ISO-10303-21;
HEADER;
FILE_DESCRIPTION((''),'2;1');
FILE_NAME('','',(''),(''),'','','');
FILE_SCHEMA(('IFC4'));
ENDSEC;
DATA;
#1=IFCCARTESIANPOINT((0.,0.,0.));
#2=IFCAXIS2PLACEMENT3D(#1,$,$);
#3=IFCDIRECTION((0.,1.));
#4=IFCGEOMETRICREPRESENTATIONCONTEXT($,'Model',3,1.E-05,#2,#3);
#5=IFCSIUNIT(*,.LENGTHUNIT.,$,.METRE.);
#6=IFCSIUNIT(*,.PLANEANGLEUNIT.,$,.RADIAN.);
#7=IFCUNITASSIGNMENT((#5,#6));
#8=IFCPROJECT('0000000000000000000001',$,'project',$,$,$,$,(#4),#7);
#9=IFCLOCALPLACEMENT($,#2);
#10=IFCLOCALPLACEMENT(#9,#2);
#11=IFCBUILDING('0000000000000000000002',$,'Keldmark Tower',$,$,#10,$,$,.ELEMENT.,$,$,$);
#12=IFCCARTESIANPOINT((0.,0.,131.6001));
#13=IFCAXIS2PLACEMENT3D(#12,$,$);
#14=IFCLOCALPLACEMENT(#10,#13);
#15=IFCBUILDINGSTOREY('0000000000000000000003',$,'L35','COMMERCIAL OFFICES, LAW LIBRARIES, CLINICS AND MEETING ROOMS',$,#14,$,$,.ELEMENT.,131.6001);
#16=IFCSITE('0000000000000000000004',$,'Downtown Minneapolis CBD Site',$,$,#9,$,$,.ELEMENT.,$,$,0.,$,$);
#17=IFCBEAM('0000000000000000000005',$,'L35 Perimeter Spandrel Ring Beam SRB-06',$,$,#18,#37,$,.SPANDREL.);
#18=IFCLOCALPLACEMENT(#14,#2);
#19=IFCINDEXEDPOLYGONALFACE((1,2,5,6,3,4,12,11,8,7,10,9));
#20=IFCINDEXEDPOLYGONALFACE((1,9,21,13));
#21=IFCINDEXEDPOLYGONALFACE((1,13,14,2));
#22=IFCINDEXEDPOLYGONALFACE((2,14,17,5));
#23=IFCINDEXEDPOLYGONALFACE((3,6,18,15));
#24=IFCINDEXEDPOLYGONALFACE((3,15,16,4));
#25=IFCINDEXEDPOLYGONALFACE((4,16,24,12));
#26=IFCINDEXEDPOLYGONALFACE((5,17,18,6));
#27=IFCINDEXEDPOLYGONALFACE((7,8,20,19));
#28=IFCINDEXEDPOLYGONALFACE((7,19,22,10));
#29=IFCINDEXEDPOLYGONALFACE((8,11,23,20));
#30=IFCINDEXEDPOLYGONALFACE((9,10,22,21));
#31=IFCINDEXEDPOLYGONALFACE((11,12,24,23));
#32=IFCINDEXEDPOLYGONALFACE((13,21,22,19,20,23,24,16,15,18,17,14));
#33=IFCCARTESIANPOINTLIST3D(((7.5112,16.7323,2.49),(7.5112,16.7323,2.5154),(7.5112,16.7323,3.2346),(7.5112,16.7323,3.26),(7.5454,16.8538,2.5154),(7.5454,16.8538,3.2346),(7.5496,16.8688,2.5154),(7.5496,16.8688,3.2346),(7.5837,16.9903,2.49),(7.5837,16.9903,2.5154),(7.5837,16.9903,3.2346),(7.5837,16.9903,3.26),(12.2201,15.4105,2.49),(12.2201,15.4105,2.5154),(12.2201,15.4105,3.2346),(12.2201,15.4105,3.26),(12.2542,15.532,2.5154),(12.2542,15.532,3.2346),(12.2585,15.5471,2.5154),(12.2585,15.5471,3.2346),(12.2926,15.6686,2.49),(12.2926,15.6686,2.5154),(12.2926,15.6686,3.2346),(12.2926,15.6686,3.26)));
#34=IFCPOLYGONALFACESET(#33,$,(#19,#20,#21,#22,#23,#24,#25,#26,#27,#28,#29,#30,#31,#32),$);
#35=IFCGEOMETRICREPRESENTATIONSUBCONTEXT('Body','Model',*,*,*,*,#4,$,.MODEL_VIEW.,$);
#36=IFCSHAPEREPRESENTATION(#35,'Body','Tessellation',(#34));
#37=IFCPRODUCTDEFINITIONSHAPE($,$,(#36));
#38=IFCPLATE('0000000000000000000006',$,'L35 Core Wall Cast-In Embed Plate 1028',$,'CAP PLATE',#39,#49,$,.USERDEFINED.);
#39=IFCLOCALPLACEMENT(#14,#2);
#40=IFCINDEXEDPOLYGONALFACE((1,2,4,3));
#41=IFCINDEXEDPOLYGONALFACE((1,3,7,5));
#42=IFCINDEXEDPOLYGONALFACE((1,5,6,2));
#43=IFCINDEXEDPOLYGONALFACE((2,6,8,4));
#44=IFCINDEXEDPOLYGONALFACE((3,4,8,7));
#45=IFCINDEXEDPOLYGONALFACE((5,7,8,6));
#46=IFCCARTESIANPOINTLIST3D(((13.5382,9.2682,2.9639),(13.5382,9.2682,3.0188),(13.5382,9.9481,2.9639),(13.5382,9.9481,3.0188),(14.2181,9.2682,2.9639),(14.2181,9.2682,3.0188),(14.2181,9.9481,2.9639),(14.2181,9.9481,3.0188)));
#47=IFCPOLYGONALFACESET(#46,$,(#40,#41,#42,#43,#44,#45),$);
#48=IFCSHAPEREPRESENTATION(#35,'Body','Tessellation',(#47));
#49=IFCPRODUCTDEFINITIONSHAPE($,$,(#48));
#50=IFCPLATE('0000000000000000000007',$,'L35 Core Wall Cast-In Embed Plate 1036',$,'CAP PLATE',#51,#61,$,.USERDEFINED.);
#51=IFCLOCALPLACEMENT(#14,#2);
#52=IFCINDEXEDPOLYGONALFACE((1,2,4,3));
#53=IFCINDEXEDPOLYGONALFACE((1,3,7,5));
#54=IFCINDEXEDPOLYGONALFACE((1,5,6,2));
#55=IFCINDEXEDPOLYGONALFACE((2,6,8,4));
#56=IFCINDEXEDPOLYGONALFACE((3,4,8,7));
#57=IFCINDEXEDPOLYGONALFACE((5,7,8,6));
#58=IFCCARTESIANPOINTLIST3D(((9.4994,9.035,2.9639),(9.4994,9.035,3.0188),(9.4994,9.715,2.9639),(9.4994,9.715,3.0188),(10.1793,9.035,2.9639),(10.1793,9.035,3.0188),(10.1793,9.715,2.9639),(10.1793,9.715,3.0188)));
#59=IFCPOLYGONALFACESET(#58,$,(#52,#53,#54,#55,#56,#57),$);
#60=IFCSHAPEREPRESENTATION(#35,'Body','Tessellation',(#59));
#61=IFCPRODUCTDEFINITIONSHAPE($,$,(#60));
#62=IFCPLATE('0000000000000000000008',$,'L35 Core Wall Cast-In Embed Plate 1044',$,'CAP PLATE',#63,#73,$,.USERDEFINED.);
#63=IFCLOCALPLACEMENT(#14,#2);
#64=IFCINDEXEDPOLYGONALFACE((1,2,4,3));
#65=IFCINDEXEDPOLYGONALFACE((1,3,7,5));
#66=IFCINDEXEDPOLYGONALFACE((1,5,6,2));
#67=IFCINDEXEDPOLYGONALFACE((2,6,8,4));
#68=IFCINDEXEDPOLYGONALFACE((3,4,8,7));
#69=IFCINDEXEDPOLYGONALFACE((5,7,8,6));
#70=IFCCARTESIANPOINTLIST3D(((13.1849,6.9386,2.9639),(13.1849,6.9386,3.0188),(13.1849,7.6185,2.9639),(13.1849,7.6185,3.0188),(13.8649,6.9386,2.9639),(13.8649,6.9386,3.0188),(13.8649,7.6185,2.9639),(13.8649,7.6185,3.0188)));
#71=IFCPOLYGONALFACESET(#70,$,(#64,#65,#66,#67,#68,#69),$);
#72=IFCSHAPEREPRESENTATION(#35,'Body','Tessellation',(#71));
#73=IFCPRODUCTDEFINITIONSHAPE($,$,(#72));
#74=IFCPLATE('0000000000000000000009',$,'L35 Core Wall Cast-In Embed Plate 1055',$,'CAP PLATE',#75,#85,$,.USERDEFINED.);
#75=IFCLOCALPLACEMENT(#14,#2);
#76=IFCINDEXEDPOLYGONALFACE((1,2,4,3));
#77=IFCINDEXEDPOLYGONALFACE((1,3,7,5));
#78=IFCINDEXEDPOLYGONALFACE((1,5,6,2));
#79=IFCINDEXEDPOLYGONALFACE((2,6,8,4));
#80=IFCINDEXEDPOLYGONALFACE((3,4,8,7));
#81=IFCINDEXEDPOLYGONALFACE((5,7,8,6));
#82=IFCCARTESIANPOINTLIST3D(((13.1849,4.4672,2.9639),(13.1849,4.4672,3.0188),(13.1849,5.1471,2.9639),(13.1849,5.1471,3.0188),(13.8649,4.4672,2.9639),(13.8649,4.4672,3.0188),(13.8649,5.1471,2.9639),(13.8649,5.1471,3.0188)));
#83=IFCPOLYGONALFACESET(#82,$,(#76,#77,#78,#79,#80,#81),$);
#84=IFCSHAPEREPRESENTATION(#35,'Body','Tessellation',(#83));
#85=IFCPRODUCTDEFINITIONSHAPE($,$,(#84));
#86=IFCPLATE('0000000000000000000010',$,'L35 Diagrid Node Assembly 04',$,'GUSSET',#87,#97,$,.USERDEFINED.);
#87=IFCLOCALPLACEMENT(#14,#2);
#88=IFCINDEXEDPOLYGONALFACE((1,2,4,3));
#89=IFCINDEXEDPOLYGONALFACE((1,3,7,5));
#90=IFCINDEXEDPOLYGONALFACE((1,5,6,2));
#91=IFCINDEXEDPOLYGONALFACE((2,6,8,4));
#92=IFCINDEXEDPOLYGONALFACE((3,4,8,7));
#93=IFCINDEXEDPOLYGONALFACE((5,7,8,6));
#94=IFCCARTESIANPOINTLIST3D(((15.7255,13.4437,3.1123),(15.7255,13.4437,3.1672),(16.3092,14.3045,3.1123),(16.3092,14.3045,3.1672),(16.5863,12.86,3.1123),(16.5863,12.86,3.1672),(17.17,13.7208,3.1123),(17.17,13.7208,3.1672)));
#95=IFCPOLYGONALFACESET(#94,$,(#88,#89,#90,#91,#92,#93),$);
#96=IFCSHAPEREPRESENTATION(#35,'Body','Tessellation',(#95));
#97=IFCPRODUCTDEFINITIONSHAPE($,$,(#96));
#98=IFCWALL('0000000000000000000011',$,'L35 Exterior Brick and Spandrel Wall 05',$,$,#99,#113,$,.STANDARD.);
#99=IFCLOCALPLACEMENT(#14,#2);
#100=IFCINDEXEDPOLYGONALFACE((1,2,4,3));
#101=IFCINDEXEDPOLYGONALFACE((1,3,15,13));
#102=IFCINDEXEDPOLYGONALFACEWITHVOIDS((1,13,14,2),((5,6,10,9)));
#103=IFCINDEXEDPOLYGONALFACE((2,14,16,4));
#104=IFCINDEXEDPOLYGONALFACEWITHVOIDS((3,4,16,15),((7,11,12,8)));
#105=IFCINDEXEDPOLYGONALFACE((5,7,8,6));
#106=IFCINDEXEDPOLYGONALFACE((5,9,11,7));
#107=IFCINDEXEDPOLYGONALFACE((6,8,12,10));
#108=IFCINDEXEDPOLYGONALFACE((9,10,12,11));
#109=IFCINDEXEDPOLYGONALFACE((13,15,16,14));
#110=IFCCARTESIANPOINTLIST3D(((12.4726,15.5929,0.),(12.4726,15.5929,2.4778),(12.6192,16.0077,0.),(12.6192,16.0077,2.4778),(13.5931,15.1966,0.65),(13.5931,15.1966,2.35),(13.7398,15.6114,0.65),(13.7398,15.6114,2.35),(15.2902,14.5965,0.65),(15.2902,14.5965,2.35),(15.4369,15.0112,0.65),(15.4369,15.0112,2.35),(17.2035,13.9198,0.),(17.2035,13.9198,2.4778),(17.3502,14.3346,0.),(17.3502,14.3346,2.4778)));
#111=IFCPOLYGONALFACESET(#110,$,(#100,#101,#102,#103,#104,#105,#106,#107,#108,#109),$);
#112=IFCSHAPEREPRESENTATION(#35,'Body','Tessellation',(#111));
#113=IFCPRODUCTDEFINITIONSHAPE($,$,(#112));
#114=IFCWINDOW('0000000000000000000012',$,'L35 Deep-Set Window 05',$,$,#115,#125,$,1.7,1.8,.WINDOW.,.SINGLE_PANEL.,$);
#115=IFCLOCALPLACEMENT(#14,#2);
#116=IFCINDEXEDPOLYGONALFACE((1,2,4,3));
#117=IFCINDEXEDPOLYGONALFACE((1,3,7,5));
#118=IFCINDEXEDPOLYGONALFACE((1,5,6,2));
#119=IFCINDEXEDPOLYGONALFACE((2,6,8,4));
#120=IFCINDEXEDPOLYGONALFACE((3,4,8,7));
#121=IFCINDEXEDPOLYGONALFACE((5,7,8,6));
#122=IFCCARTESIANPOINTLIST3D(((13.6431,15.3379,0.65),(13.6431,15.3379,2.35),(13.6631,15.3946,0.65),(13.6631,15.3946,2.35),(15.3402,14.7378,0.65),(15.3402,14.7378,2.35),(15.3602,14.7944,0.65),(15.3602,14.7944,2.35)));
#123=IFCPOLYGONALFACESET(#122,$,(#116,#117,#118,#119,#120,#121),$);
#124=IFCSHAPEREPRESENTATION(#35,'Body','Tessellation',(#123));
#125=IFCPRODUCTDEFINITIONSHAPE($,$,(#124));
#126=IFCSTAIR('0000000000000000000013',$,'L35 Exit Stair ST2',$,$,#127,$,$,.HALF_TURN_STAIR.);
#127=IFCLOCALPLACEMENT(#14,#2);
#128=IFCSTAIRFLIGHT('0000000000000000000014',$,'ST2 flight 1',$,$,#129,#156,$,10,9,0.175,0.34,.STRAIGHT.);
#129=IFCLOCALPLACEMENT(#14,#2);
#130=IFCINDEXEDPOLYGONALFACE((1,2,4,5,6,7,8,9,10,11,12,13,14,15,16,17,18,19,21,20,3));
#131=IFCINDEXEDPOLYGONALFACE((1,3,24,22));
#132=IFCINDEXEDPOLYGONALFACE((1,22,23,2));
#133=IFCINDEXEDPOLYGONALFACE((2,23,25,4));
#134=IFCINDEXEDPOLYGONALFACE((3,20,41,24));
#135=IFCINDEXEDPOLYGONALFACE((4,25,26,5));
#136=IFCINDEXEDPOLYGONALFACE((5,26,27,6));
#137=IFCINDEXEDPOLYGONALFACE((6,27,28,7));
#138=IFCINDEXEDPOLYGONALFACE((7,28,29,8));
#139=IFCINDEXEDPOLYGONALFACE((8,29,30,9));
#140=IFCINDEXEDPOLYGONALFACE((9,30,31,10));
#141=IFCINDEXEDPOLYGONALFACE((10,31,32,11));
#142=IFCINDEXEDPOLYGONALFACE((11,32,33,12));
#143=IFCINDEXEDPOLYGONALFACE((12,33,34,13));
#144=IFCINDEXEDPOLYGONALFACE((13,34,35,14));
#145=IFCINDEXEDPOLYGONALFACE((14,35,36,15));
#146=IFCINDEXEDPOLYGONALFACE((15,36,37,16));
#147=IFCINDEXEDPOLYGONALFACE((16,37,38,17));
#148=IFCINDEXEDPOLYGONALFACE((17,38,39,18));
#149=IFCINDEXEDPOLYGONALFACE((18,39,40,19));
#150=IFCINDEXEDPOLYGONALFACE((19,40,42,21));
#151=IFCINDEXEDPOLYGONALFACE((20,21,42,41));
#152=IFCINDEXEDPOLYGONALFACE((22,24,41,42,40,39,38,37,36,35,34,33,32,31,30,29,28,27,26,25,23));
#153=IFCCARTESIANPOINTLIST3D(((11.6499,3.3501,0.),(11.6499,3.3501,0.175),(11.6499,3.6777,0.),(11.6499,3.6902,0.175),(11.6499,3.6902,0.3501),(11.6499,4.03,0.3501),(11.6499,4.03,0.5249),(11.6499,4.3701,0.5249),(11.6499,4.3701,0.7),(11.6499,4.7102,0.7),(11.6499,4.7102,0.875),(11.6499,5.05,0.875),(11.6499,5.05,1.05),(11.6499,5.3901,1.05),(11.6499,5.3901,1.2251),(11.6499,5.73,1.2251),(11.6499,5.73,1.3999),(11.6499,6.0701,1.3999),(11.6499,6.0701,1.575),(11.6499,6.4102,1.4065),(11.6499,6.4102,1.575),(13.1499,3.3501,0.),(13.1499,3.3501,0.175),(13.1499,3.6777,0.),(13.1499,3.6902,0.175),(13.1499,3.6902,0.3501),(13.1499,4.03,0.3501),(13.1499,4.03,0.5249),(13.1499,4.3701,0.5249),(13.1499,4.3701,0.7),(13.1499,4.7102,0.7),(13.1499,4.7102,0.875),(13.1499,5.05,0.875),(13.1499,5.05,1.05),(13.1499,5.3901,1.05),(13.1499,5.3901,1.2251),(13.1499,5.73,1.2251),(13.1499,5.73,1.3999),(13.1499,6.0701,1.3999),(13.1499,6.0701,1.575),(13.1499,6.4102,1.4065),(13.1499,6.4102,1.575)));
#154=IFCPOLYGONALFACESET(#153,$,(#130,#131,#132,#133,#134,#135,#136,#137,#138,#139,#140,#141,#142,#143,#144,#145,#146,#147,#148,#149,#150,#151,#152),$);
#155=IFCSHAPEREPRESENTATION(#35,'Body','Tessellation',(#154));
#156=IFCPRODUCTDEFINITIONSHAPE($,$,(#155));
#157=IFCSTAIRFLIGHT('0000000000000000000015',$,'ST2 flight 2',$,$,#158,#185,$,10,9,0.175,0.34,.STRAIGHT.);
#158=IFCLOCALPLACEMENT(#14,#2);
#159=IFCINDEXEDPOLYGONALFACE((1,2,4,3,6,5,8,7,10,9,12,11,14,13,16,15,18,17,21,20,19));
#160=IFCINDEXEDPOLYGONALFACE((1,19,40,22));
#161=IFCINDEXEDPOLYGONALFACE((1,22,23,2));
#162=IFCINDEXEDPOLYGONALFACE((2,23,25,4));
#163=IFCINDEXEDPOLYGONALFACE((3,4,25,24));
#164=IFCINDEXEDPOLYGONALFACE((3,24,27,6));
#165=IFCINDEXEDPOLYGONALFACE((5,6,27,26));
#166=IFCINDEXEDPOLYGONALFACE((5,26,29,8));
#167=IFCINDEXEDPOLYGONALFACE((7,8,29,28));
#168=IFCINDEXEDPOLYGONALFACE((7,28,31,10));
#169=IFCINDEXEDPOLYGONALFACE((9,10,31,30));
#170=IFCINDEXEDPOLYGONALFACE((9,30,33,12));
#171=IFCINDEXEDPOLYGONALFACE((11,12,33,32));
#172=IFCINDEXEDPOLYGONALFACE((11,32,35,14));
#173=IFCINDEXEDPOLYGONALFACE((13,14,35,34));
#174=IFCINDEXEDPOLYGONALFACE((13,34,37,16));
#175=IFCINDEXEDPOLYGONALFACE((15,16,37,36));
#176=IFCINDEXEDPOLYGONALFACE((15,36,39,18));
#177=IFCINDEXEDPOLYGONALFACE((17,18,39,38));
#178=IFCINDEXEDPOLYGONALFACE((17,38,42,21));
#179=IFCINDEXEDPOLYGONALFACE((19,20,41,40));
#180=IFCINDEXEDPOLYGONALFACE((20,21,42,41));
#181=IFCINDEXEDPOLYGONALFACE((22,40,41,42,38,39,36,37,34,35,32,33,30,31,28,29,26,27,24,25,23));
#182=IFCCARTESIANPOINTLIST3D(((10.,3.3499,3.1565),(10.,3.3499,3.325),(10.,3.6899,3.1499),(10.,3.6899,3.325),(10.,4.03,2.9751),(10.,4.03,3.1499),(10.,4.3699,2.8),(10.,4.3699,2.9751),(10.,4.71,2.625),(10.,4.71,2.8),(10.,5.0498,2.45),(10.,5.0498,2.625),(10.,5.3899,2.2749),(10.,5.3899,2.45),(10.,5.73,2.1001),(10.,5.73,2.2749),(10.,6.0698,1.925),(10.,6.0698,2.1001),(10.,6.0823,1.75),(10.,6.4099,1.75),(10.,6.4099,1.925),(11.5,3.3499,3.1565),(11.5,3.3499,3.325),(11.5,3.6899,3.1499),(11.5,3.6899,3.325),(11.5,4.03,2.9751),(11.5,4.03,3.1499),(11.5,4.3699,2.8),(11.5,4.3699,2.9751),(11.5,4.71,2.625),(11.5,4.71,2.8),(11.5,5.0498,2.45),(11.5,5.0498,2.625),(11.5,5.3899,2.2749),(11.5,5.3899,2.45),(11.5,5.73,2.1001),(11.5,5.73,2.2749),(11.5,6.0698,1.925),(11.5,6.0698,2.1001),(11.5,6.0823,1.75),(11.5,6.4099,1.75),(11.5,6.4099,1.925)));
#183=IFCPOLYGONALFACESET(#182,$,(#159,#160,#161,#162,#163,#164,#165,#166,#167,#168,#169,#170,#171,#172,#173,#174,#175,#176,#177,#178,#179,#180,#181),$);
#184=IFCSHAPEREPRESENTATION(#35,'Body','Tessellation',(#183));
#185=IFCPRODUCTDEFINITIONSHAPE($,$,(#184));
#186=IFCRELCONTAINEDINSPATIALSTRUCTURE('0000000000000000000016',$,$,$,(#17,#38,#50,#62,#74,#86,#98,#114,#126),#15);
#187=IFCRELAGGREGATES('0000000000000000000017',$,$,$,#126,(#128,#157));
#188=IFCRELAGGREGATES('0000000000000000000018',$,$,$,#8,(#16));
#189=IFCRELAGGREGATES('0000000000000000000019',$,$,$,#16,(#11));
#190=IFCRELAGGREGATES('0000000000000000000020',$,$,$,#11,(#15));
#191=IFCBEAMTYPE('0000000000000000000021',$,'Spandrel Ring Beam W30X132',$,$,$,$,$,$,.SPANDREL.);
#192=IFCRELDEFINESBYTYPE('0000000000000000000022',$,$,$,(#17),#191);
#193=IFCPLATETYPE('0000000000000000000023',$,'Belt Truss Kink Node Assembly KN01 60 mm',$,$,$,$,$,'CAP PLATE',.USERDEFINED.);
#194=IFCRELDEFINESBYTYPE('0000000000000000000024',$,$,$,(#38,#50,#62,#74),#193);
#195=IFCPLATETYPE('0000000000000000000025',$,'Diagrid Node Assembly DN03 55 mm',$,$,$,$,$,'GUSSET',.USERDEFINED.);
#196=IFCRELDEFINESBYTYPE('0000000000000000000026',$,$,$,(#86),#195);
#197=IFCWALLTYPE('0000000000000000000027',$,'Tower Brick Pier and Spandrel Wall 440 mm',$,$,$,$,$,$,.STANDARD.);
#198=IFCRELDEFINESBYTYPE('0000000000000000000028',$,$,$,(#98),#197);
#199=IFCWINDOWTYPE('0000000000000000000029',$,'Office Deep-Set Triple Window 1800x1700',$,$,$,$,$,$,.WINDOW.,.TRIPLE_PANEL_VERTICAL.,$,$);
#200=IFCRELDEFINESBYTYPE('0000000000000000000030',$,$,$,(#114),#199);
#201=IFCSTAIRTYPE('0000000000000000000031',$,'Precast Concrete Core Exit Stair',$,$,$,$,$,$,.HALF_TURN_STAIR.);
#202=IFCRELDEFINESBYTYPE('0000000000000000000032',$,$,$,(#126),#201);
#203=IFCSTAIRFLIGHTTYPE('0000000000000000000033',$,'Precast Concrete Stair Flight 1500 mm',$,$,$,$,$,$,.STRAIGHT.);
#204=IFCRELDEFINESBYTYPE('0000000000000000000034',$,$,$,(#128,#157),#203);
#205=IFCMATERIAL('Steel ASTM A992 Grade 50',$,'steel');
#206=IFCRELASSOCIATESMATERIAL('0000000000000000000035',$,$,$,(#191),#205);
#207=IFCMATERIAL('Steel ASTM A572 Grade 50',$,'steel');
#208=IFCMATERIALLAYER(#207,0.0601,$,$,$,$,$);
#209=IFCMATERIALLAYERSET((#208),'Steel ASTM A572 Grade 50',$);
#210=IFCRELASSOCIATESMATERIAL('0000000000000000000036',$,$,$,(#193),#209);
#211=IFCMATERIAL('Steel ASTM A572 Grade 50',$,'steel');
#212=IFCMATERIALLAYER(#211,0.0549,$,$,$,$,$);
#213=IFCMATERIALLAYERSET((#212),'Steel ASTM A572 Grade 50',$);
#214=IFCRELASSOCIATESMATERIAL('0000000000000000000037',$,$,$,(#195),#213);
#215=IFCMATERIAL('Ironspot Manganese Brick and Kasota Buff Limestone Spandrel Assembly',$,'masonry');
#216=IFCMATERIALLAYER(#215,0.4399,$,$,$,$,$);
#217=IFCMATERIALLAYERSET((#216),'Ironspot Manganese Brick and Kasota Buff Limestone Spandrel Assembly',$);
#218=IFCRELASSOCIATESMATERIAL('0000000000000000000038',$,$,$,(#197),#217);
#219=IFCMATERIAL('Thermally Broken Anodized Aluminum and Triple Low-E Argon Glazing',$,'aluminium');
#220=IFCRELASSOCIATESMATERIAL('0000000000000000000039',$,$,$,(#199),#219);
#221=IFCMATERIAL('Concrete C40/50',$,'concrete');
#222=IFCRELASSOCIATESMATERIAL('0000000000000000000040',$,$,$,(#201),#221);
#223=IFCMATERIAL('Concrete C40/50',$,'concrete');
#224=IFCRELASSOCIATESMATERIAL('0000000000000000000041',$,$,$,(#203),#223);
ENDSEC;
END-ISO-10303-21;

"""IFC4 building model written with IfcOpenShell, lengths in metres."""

from ifc_helpers import new_model, si_unit, direction, frame, frame_2d, origin, origin_2d, place, context, subcontext, project, spatial, polyline, rectangle, i_section, outline, extrude, material, layer, layer_set, material_profile, profile_set, type_object, element, fill, aggregate, save


model = new_model("IFC4")

# Units and contexts
model_context = context("Model", 3, precision=1e-05, world=origin(), true_north=direction((0.0, 1.0)))
body_context = subcontext(model_context, "Body", "Model", "MODEL_VIEW")
ifc_project = project(units=[si_unit("LENGTHUNIT", "METRE"), si_unit("PLANEANGLEUNIT", "RADIAN")], contexts=[model_context])

# Site, building, storey
site_placement = place(None, origin())
site = spatial("IfcSite", under=ifc_project, at=site_placement, Name="Downtown Minneapolis CBD Site", CompositionType="ELEMENT", RefElevation=0.0)
building_placement = place(site_placement, origin())
building = spatial("IfcBuilding", under=site, at=building_placement, Name="Keldmark Tower", CompositionType="ELEMENT")
storey_placement = place(building_placement, frame((0.0, 0.0, 131.6001)))
storey = spatial("IfcBuildingStorey", under=building, at=storey_placement, Name="L35", Description="COMMERCIAL OFFICES, LAW LIBRARIES, CLINICS AND MEETING ROOMS", CompositionType="ELEMENT", Elevation=131.6001)

# Beam
ifc_material_1 = material(Name="Steel ASTM A992 Grade 50", Category="steel")
ifc_material_profile_1 = material_profile(ifc_material_1, i_section(OverallWidth=0.2681, OverallDepth=0.77, WebThickness=0.0156, FlangeThickness=0.0254, at=origin_2d()), Name="W30X132")
ifc_profile_set_1 = profile_set([ifc_material_profile_1], Name="Steel ASTM A992 Grade 50")
beam_type_1 = type_object("IfcBeamType", Name="Spandrel Ring Beam W30X132", PredefinedType="SPANDREL", material=ifc_profile_set_1)
beam_1_placement = place(storey_placement, frame((12.2563, 15.5396, 2.875), z_axis=(-0.962791, 0.270248, 0.0), x_axis=(-0.270248, -0.962791, 0.0)))
element("IfcBeam", 1, at=beam_1_placement, inside=storey, type_object=beam_type_1, Name="L35 Perimeter Spandrel Ring Beam SRB-06", PredefinedType="SPANDREL", context=body_context, shape_type="SweptSolid", body=[
    extrude(i_section(OverallWidth=0.2681, OverallDepth=0.77, WebThickness=0.0156, FlangeThickness=0.0254, at=origin_2d()), origin(), (0.0, 0.0, 1.0), 4.8909),
])

# Plates
ifc_material_2 = material(Name="Steel ASTM A572 Grade 50", Category="steel")
ifc_layer_1 = layer(ifc_material_2, 0.0601)
ifc_layer_set_1 = layer_set([ifc_layer_1], Name="Steel ASTM A572 Grade 50")
plate_type_1 = type_object("IfcPlateType", Name="Belt Truss Kink Node Assembly KN01 60 mm", ElementType="CAP PLATE", PredefinedType="USERDEFINED", material=ifc_layer_set_1)
for number, where, z_axis, x_axis, name in (
    (2, (13.8782, 9.6082, 2.9639), (0.0, 0.0, 1.0), (1.0, 0.0, 0.0), "L35 Core Wall Cast-In Embed Plate 1028"),
    (3, (9.8394, 9.375, 2.9639), (0.0, 0.0, 1.0), (1.0, 0.0, 0.0), "L35 Core Wall Cast-In Embed Plate 1036"),
    (4, (13.5249, 7.2786, 2.9639), (0.0, 0.0, 1.0), (1.0, 0.0, 0.0), "L35 Core Wall Cast-In Embed Plate 1044"),
    (5, (13.5249, 4.8071, 2.9639), (0.0, 0.0, 1.0), (1.0, 0.0, 0.0), "L35 Core Wall Cast-In Embed Plate 1055"),
):
    element("IfcPlate", number, at=place(storey_placement, frame(where, z_axis=z_axis, x_axis=x_axis)), inside=storey, type_object=plate_type_1, Name=name, ObjectType="CAP PLATE", PredefinedType="USERDEFINED", context=body_context, shape_type="SweptSolid", body=[
        extrude(rectangle(XDim=0.6799, YDim=0.6799, at=origin_2d()), origin(), (0.0, 0.0, 1.0), 0.0549),
    ])
ifc_material_3 = material(Name="Steel ASTM A572 Grade 50", Category="steel")
ifc_layer_2 = layer(ifc_material_3, 0.0549)
ifc_layer_set_2 = layer_set([ifc_layer_2], Name="Steel ASTM A572 Grade 50")
plate_type_2 = type_object("IfcPlateType", Name="Diagrid Node Assembly DN03 55 mm", ElementType="GUSSET", PredefinedType="USERDEFINED", material=ifc_layer_set_2)
plate_placement = place(storey_placement, frame((16.4478, 13.5823, 3.1123), z_axis=(0.0, 0.0, 1.0), x_axis=(-0.827669, 0.561217, 0.0)))
element("IfcPlate", 6, at=plate_placement, inside=storey, type_object=plate_type_2, Name="L35 Diagrid Node Assembly 04", ObjectType="GUSSET", PredefinedType="USERDEFINED", context=body_context, shape_type="SweptSolid", body=[
    extrude(rectangle(XDim=1.04, YDim=1.04, at=origin_2d()), origin(), (0.0, 0.0, 1.0), 0.0549),
])

# Wall, opening, window
ifc_material_4 = material(Name="Ironspot Manganese Brick and Kasota Buff Limestone Spandrel Assembly", Category="masonry")
ifc_layer_3 = layer(ifc_material_4, 0.4399)
ifc_layer_set_3 = layer_set([ifc_layer_3], Name="Ironspot Manganese Brick and Kasota Buff Limestone Spandrel Assembly")
wall_type_1 = type_object("IfcWallType", Name="Tower Brick Pier and Spandrel Wall 440 mm", PredefinedType="STANDARD", material=ifc_layer_set_3)
wall_1_placement = place(storey_placement, frame((12.5459, 15.8003, 0.0), z_axis=(0.0, 0.0, 1.0), x_axis=(0.942781, -0.333413, 0.0)))
wall_1 = element("IfcWall", 7, at=wall_1_placement, inside=storey, type_object=wall_type_1, Name="L35 Exterior Brick and Spandrel Wall 05", PredefinedType="STANDARD", context=body_context, shape_type="SweptSolid", body=[
    extrude(rectangle(XDim=5.0181, YDim=0.4399, at=frame_2d((2.509, 0.0))), origin(), (0.0, 0.0, 1.0), 2.4778),
])
opening_1_placement = place(wall_1_placement, frame((1.1887, 0.0, 0.6499)))
opening_1 = element("IfcOpeningElement", 8, at=opening_1_placement, cuts=wall_1, PredefinedType="OPENING", context=body_context, shape_type="SweptSolid", body=[
    extrude(rectangle(XDim=1.8, YDim=1.7, at=frame_2d((0.8999, 0.8501))), frame((0.0, 0.23, 0.0), z_axis=(0.0, -1.0, 0.0), x_axis=(1.0, 0.0, 0.0)), (0.0, 0.0, 1.0), 0.46),
])
ifc_material_5 = material(Name="Thermally Broken Anodized Aluminum and Triple Low-E Argon Glazing", Category="aluminium")
window_type = type_object("IfcWindowType", Name="Office Deep-Set Triple Window 1800x1700", PartitioningType="TRIPLE_PANEL_VERTICAL", PredefinedType="WINDOW", material=ifc_material_5)
window_placement = place(opening_1_placement, origin())
window = element("IfcWindow", 9, at=window_placement, inside=storey, type_object=window_type, Name="L35 Deep-Set Window 05", OverallHeight=1.7, OverallWidth=1.8, PartitioningType="SINGLE_PANEL", PredefinedType="WINDOW", context=body_context, shape_type="SweptSolid", body=[
    extrude(rectangle(XDim=1.8, YDim=1.7, at=frame_2d((0.8999, 0.8501))), frame((0.0, -0.01, 0.0), z_axis=(0.0, -1.0, 0.0), x_axis=(1.0, 0.0, 0.0)), (0.0, 0.0, 1.0), 0.0601),
])
fill(opening_1, window)

# Stair, stair flights
ifc_material_6 = material(Name="Concrete C40/50", Category="concrete")
stair_type = type_object("IfcStairType", Name="Precast Concrete Core Exit Stair", PredefinedType="HALF_TURN_STAIR", material=ifc_material_6)
stair_placement = place(storey_placement, origin())
stair = element("IfcStair", 10, at=stair_placement, inside=storey, type_object=stair_type, Name="L35 Exit Stair ST2", PredefinedType="HALF_TURN_STAIR")
ifc_material_7 = material(Name="Concrete C40/50", Category="concrete")
stair_flight_type = type_object("IfcStairFlightType", Name="Precast Concrete Stair Flight 1500 mm", PredefinedType="STRAIGHT", material=ifc_material_7)
stair_flight_1_placement = place(storey_placement, frame((12.3999, 3.3501, 0.0), z_axis=(0.0, 0.0, 1.0), x_axis=(0.0, 1.0, 0.0)))
stair_flight_1 = element("IfcStairFlight", 11, at=stair_flight_1_placement, type_object=stair_flight_type, Name="ST2 flight 1", NumberOfRisers=10, NumberOfTreads=9, PredefinedType="STRAIGHT", RiserHeight=0.175, TreadLength=0.34, context=body_context, shape_type="SweptSolid", body=[
    extrude(outline(polyline([(0.0, 0.0), (0.0, 0.175), (0.3401, 0.175), (0.3401, 0.3501), (0.6799, 0.3501), (0.6799, 0.5249), (1.02, 0.5249), (1.02, 0.7), (1.3601, 0.7), (1.3601, 0.875), (1.7, 0.875), (1.7, 1.05), (2.04, 1.05), (2.04, 1.2251), (2.3799, 1.2251), (2.3799, 1.3999), (2.72, 1.3999), (2.72, 1.575), (3.0601, 1.575), (3.0601, 1.75), (3.0601, 1.4065), (0.3276, 0.0), (0.0, 0.0)])), frame((0.0, 0.75, 0.0), z_axis=(0.0, -1.0, 0.0), x_axis=(1.0, 0.0, 0.0)), (0.0, 0.0, 1.0), 1.5),
])
stair_flight_2_placement = place(storey_placement, frame((10.75, 6.4099, 1.75), z_axis=(0.0, 0.0, 1.0), x_axis=(0.0, -1.0, 0.0)))
stair_flight_2 = element("IfcStairFlight", 12, at=stair_flight_2_placement, type_object=stair_flight_type, Name="ST2 flight 2", NumberOfRisers=10, NumberOfTreads=9, PredefinedType="STRAIGHT", RiserHeight=0.175, TreadLength=0.34, context=body_context, shape_type="SweptSolid", body=[
    extrude(outline(polyline([(0.0, 0.0), (0.0, 0.175), (0.3401, 0.175), (0.3401, 0.3501), (0.6799, 0.3501), (0.6799, 0.5249), (1.02, 0.5249), (1.02, 0.7), (1.3601, 0.7), (1.3601, 0.875), (1.7, 0.875), (1.7, 1.05), (2.04, 1.05), (2.04, 1.2251), (2.3799, 1.2251), (2.3799, 1.3999), (2.72, 1.3999), (2.72, 1.575), (3.0601, 1.575), (3.0601, 1.75), (3.0601, 1.4065), (0.3276, 0.0), (0.0, 0.0)])), frame((0.0, 0.75, 0.0), z_axis=(0.0, -1.0, 0.0), x_axis=(1.0, 0.0, 0.0)), (0.0, 0.0, 1.0), 1.5),
])
aggregate(stair, [stair_flight_1, stair_flight_2])

save(model, "model.ifc")
